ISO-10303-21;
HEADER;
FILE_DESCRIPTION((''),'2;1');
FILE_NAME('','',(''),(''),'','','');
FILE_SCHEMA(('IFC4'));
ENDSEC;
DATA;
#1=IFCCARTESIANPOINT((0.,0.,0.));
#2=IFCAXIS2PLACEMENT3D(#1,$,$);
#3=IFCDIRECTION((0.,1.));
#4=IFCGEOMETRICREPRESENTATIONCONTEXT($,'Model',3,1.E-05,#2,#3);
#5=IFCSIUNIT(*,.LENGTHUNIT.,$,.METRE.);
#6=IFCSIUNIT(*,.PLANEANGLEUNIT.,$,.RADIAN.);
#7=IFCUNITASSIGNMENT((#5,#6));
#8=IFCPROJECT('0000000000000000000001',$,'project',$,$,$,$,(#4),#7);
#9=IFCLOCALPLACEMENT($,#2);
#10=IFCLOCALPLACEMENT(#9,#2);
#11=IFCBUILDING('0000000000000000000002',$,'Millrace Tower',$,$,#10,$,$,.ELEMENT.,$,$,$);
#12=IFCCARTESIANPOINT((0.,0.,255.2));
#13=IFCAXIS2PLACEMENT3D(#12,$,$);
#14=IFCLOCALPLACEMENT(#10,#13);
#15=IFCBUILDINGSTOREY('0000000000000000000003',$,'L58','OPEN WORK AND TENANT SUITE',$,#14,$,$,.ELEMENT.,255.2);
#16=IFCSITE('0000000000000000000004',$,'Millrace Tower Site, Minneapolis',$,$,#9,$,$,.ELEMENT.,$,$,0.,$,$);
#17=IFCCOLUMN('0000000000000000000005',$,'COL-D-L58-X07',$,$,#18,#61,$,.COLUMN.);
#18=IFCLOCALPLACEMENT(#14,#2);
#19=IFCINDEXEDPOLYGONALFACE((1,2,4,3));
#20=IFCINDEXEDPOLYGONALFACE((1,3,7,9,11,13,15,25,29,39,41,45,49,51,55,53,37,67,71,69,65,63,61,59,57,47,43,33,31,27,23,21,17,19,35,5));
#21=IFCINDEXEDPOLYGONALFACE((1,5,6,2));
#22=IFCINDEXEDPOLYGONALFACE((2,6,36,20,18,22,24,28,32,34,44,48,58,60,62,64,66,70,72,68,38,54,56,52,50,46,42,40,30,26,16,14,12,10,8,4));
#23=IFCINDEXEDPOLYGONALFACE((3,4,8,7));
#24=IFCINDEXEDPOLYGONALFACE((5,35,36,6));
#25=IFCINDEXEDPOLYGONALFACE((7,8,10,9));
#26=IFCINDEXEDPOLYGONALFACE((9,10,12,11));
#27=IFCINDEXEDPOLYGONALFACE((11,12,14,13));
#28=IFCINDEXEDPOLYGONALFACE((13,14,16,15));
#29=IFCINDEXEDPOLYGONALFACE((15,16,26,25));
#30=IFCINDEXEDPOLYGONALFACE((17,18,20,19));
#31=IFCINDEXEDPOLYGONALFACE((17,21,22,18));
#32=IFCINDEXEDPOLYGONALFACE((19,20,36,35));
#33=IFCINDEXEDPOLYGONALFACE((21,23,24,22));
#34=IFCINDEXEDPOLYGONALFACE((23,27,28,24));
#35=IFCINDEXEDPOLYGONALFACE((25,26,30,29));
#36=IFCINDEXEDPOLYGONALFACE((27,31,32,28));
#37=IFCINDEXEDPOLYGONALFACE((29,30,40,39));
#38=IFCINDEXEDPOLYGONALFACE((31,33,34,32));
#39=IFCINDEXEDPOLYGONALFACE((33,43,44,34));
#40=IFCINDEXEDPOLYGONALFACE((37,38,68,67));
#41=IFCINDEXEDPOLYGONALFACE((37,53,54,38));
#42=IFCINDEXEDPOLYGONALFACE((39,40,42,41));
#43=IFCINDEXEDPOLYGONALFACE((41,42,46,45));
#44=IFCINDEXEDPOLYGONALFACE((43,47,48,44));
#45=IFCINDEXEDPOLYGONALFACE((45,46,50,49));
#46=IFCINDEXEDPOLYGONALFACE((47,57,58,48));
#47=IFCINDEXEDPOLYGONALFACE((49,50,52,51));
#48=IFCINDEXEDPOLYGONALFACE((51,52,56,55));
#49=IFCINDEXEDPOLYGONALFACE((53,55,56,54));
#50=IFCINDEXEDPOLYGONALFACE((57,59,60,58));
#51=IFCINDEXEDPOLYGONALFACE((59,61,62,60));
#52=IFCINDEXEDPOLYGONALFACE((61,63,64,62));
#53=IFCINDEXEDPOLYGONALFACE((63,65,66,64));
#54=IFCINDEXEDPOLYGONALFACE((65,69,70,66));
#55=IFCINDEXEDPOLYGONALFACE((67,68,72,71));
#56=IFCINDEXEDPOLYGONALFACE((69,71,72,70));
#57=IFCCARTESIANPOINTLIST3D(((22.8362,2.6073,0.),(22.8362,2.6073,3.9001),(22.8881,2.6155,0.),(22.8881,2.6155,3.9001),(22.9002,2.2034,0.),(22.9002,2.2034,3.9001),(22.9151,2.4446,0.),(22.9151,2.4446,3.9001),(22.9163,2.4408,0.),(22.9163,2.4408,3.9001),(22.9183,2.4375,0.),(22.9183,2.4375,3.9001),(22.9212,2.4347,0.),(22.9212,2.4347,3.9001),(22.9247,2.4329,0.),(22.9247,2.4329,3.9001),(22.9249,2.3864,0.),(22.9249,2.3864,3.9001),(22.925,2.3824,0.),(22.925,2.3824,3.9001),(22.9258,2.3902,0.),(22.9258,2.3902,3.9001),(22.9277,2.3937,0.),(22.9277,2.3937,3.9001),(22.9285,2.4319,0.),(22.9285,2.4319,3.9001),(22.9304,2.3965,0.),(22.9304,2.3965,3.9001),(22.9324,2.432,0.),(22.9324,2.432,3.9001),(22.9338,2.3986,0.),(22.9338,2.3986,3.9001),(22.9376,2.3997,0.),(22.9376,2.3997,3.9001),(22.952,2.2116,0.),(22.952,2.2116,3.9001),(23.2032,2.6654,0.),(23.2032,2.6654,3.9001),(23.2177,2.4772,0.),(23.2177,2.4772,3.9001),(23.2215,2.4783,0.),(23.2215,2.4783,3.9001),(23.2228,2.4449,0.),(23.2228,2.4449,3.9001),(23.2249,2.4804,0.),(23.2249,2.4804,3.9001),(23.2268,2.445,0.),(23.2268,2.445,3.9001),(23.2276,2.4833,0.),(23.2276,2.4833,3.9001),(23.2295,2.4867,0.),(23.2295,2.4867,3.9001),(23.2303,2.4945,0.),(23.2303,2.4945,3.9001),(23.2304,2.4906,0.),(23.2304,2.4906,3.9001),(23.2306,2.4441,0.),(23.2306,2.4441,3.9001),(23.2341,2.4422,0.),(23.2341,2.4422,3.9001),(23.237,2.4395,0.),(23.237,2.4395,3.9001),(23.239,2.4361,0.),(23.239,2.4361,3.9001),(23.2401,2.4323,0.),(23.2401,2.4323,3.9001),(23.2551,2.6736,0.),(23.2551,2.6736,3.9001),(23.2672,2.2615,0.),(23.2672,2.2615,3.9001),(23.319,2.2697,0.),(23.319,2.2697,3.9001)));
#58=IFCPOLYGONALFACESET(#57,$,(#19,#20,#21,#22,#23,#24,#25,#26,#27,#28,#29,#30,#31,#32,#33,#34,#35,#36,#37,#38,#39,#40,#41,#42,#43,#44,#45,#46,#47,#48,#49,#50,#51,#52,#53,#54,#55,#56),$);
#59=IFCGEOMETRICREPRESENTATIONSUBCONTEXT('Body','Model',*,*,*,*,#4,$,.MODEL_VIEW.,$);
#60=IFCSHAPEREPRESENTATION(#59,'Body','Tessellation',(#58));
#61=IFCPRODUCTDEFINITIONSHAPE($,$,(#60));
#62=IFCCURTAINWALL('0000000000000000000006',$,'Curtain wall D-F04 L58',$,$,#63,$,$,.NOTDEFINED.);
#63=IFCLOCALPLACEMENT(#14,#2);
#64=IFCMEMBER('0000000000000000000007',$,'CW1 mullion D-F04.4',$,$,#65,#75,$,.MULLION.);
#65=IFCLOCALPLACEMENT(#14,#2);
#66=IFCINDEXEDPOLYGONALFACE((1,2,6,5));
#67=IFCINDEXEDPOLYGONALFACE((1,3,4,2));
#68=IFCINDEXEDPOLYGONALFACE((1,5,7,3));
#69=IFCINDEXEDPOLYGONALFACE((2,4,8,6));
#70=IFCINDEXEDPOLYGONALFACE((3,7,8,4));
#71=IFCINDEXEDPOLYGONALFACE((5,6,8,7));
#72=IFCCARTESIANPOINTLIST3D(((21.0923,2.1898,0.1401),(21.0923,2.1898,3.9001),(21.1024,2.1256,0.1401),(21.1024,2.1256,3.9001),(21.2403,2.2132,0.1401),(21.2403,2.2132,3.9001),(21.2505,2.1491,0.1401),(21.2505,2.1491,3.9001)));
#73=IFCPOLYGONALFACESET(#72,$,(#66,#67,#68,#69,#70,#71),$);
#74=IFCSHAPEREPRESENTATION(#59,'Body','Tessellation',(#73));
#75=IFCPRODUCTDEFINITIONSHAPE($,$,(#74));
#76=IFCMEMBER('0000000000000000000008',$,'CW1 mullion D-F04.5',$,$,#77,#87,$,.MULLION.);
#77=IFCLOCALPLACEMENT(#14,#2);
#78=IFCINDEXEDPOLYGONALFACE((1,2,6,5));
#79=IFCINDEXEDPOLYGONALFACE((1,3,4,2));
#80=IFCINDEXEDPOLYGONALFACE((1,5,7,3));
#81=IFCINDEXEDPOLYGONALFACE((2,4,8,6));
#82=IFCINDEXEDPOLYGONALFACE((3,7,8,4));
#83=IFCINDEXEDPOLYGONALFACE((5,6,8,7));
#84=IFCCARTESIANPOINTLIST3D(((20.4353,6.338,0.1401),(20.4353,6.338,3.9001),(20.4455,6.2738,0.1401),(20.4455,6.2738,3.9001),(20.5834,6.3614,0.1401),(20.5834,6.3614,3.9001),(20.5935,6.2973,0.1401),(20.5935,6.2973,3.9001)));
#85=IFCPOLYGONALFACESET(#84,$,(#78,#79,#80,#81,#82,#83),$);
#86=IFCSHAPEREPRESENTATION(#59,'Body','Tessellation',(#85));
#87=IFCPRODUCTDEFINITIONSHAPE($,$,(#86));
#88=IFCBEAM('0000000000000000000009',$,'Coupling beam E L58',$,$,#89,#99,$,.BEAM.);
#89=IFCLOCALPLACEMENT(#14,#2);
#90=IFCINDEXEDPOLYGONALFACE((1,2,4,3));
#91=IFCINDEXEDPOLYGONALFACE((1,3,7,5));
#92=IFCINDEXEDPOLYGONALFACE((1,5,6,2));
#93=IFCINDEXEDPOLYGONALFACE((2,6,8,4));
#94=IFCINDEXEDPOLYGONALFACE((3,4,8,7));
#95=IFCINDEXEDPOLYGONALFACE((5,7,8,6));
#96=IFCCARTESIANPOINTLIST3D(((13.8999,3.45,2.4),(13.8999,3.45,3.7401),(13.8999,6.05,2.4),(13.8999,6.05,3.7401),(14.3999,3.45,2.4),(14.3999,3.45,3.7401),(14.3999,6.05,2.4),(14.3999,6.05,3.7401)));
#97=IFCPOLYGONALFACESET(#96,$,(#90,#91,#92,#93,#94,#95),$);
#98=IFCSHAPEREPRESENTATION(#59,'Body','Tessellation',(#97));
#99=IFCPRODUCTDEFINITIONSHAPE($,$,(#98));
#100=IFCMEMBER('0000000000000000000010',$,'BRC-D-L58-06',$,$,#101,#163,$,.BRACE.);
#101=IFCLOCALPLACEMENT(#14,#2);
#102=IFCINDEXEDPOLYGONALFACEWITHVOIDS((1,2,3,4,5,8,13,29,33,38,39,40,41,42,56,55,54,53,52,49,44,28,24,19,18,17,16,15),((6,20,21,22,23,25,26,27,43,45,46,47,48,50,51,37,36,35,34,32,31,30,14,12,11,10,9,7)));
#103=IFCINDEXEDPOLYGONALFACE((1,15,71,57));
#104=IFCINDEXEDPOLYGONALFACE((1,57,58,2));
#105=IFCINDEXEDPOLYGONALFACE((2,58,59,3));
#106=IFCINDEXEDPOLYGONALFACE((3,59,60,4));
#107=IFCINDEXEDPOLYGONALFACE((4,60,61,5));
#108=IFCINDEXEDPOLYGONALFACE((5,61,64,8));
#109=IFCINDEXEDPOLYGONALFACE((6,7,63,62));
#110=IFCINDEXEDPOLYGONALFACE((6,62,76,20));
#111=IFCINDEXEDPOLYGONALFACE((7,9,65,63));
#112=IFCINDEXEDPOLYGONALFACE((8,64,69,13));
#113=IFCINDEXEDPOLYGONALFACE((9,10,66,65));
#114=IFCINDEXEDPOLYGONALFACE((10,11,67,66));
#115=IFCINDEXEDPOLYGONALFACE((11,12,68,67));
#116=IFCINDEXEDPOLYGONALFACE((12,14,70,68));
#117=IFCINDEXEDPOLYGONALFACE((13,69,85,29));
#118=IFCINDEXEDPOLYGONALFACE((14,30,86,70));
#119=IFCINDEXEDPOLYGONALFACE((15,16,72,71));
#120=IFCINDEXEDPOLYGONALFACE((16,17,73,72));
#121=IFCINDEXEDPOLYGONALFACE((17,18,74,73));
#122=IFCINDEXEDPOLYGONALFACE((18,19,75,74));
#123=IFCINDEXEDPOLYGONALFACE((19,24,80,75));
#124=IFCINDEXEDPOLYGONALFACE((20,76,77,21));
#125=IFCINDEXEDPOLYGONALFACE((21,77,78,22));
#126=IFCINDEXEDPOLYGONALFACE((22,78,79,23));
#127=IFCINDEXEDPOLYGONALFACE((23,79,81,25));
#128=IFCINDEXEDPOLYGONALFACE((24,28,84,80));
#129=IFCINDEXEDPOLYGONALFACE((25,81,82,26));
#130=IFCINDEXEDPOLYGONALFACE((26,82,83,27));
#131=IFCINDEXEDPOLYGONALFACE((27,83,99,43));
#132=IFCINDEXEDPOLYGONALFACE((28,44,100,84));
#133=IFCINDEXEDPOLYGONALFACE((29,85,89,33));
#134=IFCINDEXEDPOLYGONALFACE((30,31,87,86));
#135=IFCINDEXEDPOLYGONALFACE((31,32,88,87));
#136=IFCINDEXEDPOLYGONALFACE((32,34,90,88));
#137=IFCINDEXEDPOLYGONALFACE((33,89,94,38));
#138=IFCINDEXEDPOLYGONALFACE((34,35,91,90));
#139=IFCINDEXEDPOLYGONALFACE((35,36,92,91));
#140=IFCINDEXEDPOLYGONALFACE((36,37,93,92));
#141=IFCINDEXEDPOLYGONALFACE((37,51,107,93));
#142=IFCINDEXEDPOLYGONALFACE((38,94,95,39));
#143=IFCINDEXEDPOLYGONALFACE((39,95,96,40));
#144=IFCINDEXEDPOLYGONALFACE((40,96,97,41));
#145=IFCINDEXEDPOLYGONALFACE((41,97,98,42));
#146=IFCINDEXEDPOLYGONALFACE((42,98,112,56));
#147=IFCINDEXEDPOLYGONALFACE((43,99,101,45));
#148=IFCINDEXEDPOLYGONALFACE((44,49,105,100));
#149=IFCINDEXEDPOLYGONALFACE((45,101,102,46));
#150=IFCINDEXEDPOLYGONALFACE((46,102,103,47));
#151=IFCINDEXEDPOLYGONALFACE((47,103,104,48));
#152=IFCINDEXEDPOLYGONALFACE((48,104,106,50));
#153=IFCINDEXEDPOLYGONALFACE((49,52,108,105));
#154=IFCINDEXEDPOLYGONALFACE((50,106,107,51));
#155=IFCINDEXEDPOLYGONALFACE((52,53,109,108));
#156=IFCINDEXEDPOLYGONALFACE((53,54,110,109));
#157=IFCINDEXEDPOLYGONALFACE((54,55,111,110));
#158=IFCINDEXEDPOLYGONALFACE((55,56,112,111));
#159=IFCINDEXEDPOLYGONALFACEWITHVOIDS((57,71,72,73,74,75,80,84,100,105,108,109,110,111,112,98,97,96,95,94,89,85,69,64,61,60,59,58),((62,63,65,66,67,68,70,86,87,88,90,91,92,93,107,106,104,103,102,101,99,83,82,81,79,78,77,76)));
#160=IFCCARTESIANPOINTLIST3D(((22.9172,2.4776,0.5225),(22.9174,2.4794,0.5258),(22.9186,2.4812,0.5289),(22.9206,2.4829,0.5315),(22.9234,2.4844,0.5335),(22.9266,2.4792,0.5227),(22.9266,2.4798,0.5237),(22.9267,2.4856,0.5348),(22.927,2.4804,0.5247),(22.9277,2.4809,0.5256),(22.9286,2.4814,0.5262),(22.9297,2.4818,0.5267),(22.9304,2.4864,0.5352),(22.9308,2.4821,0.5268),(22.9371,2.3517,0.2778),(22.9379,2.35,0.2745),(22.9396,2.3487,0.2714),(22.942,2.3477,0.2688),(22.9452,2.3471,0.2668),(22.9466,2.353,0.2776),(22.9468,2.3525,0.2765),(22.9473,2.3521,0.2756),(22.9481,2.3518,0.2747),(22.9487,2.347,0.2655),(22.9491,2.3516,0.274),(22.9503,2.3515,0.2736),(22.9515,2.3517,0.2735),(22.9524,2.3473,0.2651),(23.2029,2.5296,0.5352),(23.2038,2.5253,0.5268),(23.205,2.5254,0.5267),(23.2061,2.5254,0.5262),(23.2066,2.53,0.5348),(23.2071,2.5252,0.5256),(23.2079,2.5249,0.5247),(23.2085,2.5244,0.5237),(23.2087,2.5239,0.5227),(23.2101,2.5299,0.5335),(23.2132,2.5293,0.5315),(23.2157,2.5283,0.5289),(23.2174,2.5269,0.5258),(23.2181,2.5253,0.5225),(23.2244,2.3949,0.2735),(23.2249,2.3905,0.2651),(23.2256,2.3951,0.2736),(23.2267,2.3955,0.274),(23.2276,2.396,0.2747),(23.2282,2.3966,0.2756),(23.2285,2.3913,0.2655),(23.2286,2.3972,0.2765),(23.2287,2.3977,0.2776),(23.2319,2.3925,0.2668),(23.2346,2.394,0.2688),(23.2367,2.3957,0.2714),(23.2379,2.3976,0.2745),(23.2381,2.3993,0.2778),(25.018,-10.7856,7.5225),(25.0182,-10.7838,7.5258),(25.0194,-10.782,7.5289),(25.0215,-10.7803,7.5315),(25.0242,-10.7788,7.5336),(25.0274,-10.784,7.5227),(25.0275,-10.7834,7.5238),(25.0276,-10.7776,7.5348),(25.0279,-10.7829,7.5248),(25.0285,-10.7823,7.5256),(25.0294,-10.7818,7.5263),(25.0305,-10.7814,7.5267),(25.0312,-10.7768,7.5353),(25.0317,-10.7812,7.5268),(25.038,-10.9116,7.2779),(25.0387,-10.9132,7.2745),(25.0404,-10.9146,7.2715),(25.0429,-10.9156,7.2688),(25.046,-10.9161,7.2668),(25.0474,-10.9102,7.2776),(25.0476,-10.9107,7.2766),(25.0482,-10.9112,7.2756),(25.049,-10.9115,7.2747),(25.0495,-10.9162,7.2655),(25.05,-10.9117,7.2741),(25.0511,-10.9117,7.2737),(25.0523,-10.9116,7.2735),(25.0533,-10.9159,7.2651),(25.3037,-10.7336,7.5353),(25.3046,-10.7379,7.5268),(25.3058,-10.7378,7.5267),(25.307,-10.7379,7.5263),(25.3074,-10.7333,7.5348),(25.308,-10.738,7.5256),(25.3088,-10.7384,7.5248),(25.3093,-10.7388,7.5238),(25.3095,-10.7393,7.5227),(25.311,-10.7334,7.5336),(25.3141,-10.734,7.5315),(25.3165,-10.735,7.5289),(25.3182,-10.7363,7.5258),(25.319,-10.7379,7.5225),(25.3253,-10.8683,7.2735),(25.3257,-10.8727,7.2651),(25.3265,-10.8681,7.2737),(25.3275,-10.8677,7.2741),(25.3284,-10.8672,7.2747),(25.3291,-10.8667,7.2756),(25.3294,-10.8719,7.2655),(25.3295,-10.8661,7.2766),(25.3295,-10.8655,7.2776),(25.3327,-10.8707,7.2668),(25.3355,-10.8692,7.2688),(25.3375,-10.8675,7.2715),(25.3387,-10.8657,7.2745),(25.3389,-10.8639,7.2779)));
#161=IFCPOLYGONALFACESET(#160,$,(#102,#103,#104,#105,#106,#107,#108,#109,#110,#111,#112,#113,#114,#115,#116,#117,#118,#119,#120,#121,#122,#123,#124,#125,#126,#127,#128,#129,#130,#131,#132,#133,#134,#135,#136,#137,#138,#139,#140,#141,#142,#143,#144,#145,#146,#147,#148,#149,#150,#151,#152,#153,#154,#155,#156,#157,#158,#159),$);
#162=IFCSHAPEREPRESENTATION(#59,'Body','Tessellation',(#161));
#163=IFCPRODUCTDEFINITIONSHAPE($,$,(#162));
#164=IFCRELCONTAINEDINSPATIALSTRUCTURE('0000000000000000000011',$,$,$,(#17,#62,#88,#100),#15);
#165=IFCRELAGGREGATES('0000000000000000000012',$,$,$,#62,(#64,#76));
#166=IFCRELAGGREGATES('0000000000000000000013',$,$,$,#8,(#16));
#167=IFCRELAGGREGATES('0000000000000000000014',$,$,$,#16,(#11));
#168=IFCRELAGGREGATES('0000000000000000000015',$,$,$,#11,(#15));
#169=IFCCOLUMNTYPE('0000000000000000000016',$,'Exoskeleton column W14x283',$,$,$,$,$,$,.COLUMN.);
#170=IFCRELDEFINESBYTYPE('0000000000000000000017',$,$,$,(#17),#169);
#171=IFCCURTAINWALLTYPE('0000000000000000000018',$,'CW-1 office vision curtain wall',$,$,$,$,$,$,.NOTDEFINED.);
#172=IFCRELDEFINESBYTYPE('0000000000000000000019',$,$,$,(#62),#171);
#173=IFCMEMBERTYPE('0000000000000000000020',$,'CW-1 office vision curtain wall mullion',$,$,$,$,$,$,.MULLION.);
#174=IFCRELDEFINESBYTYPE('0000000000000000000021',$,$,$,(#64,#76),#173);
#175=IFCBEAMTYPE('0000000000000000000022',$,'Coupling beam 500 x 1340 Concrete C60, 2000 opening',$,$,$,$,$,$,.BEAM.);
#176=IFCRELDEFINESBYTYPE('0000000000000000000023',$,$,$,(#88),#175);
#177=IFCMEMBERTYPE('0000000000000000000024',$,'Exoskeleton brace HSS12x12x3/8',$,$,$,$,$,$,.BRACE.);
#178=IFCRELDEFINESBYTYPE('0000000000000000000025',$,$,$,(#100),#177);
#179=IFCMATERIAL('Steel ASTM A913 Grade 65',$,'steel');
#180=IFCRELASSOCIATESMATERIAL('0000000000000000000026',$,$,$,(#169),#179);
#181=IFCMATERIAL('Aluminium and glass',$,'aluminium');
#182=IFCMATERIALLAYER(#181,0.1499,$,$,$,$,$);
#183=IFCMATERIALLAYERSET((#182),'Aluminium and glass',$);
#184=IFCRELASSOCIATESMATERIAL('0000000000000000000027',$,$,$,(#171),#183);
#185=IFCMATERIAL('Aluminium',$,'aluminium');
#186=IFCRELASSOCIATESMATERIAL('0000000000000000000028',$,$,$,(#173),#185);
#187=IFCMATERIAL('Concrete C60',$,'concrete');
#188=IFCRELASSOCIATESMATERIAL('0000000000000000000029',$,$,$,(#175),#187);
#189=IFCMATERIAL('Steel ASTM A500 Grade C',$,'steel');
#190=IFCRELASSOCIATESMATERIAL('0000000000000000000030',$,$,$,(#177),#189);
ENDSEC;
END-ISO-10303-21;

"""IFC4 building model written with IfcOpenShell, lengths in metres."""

from ifc_helpers import new_model, si_unit, direction, frame, origin, origin_2d, place, context, subcontext, project, spatial, rectangle, hollow_rectangle, i_section, extrude, material, layer, layer_set, material_profile, profile_set, type_object, element, aggregate, save


model = new_model("IFC4")

# Units and contexts
model_context = context("Model", 3, precision=1e-05, world=origin(), true_north=direction((0.0, 1.0)))
body_context = subcontext(model_context, "Body", "Model", "MODEL_VIEW")
ifc_project = project(units=[si_unit("LENGTHUNIT", "METRE"), si_unit("PLANEANGLEUNIT", "RADIAN")], contexts=[model_context])

# Site, building, storey
site_placement = place(None, origin())
site = spatial("IfcSite", under=ifc_project, at=site_placement, Name="Millrace Tower Site, Minneapolis", CompositionType="ELEMENT", RefElevation=0.0)
building_placement = place(site_placement, origin())
building = spatial("IfcBuilding", under=site, at=building_placement, Name="Millrace Tower", CompositionType="ELEMENT")
storey_placement = place(building_placement, frame((0.0, 0.0, 255.2)))
storey = spatial("IfcBuildingStorey", under=building, at=storey_placement, Name="L58", Description="OPEN WORK AND TENANT SUITE", CompositionType="ELEMENT", Elevation=255.2)

# Column
ifc_material_1 = material(Name="Steel ASTM A913 Grade 65", Category="steel")
ifc_material_profile_1 = material_profile(ifc_material_1, i_section(OverallWidth=0.4089, OverallDepth=0.4241, WebThickness=0.0327, FlangeThickness=0.0525, FilletRadius=0.0151, at=origin_2d()))
ifc_profile_set_1 = profile_set([ifc_material_profile_1], Name="Steel ASTM A913 Grade 65")
column_type = type_object("IfcColumnType", Name="Exoskeleton column W14x283", PredefinedType="COLUMN", material=ifc_profile_set_1)
column_placement = place(storey_placement, frame((23.0776, 2.4385, 0.0), z_axis=(0.0, 0.0, 1.0), x_axis=(-0.156434, 0.987688, 0.0)))
element("IfcColumn", 1, at=column_placement, inside=storey, type_object=column_type, Name="COL-D-L58-X07", PredefinedType="COLUMN", context=body_context, shape_type="SweptSolid", body=[
    extrude(i_section(OverallWidth=0.4089, OverallDepth=0.4241, WebThickness=0.0327, FlangeThickness=0.0525, FilletRadius=0.0151, at=origin_2d()), origin(), (0.0, 0.0, 1.0), 3.9001),
])

# Curtain wall, members
ifc_material_2 = material(Name="Aluminium and glass", Category="aluminium")
ifc_layer_1 = layer(ifc_material_2, 0.1499)
ifc_layer_set_1 = layer_set([ifc_layer_1], Name="Aluminium and glass")
curtain_wall_type = type_object("IfcCurtainWallType", Name="CW-1 office vision curtain wall", PredefinedType="NOTDEFINED", material=ifc_layer_set_1)
curtain_wall_placement = place(storey_placement, origin())
curtain_wall = element("IfcCurtainWall", 2, at=curtain_wall_placement, inside=storey, type_object=curtain_wall_type, Name="Curtain wall D-F04 L58", PredefinedType="NOTDEFINED")
ifc_material_3 = material(Name="Aluminium", Category="aluminium")
ifc_material_profile_2 = material_profile(ifc_material_3, rectangle(XDim=0.0649, YDim=0.1499, at=origin_2d()))
ifc_profile_set_2 = profile_set([ifc_material_profile_2], Name="Aluminium")
member_type_1 = type_object("IfcMemberType", Name="CW-1 office vision curtain wall mullion", PredefinedType="MULLION", material=ifc_profile_set_2)
member_1_placement = place(storey_placement, frame((21.1714, 2.1694, 0.1401), z_axis=(0.0, 0.0, 1.0), x_axis=(-0.156434, 0.987688, 0.0)))
member_1 = element("IfcMember", 3, at=member_1_placement, type_object=member_type_1, Name="CW1 mullion D-F04.4", PredefinedType="MULLION", context=body_context, shape_type="SweptSolid", body=[
    extrude(rectangle(XDim=0.0649, YDim=0.1499, at=origin_2d()), origin(), (0.0, 0.0, 1.0), 3.76),
])
member_2_placement = place(storey_placement, frame((20.5144, 6.3176, 0.1401), z_axis=(0.0, 0.0, 1.0), x_axis=(-0.156434, 0.987688, 0.0)))
member_2 = element("IfcMember", 4, at=member_2_placement, type_object=member_type_1, Name="CW1 mullion D-F04.5", PredefinedType="MULLION", context=body_context, shape_type="SweptSolid", body=[
    extrude(rectangle(XDim=0.0649, YDim=0.1499, at=origin_2d()), origin(), (0.0, 0.0, 1.0), 3.76),
])
aggregate(curtain_wall, [member_1, member_2])

# Beam
ifc_material_4 = material(Name="Concrete C60", Category="concrete")
ifc_material_profile_3 = material_profile(ifc_material_4, rectangle(XDim=0.5, YDim=1.3401, at=origin_2d()))
ifc_profile_set_3 = profile_set([ifc_material_profile_3], Name="Concrete C60")
beam_type_1 = type_object("IfcBeamType", Name="Coupling beam 500 x 1340 Concrete C60, 2000 opening", PredefinedType="BEAM", material=ifc_profile_set_3)
beam_1_placement = place(storey_placement, frame((14.1499, 6.05, 3.0701), z_axis=(0.0, -1.0, 0.0), x_axis=(1.0, 0.0, 0.0)))
element("IfcBeam", 5, at=beam_1_placement, inside=storey, type_object=beam_type_1, Name="Coupling beam E L58", PredefinedType="BEAM", context=body_context, shape_type="SweptSolid", body=[
    extrude(rectangle(XDim=0.5, YDim=1.3401, at=origin_2d()), origin(), (0.0, 0.0, 1.0), 2.6001),
])

# Member
ifc_material_5 = material(Name="Steel ASTM A500 Grade C", Category="steel")
ifc_material_profile_4 = material_profile(ifc_material_5, hollow_rectangle(XDim=0.3047, YDim=0.3047, WallThickness=0.0095, InnerFilletRadius=0.0046, OuterFilletRadius=0.0144, at=origin_2d()))
ifc_profile_set_4 = profile_set([ifc_material_profile_4], Name="Steel ASTM A500 Grade C")
member_type_2 = type_object("IfcMemberType", Name="Exoskeleton brace HSS12x12x3/8", PredefinedType="BRACE", material=ifc_profile_set_4)
member_3_placement = place(storey_placement, frame((23.0776, 2.4385, 0.4001), z_axis=(0.138728, -0.875834, 0.462245), x_axis=(0.987687, 0.156445, 0.0)))
element("IfcMember", 6, at=member_3_placement, inside=storey, type_object=member_type_2, Name="BRC-D-L58-06", PredefinedType="BRACE", context=body_context, shape_type="SweptSolid", body=[
    extrude(hollow_rectangle(XDim=0.3047, YDim=0.3047, WallThickness=0.0095, InnerFilletRadius=0.0046, OuterFilletRadius=0.0144, at=origin_2d()), origin(), (0.0, 0.0, 1.0), 15.1436),
])

save(model, "model.ifc")
